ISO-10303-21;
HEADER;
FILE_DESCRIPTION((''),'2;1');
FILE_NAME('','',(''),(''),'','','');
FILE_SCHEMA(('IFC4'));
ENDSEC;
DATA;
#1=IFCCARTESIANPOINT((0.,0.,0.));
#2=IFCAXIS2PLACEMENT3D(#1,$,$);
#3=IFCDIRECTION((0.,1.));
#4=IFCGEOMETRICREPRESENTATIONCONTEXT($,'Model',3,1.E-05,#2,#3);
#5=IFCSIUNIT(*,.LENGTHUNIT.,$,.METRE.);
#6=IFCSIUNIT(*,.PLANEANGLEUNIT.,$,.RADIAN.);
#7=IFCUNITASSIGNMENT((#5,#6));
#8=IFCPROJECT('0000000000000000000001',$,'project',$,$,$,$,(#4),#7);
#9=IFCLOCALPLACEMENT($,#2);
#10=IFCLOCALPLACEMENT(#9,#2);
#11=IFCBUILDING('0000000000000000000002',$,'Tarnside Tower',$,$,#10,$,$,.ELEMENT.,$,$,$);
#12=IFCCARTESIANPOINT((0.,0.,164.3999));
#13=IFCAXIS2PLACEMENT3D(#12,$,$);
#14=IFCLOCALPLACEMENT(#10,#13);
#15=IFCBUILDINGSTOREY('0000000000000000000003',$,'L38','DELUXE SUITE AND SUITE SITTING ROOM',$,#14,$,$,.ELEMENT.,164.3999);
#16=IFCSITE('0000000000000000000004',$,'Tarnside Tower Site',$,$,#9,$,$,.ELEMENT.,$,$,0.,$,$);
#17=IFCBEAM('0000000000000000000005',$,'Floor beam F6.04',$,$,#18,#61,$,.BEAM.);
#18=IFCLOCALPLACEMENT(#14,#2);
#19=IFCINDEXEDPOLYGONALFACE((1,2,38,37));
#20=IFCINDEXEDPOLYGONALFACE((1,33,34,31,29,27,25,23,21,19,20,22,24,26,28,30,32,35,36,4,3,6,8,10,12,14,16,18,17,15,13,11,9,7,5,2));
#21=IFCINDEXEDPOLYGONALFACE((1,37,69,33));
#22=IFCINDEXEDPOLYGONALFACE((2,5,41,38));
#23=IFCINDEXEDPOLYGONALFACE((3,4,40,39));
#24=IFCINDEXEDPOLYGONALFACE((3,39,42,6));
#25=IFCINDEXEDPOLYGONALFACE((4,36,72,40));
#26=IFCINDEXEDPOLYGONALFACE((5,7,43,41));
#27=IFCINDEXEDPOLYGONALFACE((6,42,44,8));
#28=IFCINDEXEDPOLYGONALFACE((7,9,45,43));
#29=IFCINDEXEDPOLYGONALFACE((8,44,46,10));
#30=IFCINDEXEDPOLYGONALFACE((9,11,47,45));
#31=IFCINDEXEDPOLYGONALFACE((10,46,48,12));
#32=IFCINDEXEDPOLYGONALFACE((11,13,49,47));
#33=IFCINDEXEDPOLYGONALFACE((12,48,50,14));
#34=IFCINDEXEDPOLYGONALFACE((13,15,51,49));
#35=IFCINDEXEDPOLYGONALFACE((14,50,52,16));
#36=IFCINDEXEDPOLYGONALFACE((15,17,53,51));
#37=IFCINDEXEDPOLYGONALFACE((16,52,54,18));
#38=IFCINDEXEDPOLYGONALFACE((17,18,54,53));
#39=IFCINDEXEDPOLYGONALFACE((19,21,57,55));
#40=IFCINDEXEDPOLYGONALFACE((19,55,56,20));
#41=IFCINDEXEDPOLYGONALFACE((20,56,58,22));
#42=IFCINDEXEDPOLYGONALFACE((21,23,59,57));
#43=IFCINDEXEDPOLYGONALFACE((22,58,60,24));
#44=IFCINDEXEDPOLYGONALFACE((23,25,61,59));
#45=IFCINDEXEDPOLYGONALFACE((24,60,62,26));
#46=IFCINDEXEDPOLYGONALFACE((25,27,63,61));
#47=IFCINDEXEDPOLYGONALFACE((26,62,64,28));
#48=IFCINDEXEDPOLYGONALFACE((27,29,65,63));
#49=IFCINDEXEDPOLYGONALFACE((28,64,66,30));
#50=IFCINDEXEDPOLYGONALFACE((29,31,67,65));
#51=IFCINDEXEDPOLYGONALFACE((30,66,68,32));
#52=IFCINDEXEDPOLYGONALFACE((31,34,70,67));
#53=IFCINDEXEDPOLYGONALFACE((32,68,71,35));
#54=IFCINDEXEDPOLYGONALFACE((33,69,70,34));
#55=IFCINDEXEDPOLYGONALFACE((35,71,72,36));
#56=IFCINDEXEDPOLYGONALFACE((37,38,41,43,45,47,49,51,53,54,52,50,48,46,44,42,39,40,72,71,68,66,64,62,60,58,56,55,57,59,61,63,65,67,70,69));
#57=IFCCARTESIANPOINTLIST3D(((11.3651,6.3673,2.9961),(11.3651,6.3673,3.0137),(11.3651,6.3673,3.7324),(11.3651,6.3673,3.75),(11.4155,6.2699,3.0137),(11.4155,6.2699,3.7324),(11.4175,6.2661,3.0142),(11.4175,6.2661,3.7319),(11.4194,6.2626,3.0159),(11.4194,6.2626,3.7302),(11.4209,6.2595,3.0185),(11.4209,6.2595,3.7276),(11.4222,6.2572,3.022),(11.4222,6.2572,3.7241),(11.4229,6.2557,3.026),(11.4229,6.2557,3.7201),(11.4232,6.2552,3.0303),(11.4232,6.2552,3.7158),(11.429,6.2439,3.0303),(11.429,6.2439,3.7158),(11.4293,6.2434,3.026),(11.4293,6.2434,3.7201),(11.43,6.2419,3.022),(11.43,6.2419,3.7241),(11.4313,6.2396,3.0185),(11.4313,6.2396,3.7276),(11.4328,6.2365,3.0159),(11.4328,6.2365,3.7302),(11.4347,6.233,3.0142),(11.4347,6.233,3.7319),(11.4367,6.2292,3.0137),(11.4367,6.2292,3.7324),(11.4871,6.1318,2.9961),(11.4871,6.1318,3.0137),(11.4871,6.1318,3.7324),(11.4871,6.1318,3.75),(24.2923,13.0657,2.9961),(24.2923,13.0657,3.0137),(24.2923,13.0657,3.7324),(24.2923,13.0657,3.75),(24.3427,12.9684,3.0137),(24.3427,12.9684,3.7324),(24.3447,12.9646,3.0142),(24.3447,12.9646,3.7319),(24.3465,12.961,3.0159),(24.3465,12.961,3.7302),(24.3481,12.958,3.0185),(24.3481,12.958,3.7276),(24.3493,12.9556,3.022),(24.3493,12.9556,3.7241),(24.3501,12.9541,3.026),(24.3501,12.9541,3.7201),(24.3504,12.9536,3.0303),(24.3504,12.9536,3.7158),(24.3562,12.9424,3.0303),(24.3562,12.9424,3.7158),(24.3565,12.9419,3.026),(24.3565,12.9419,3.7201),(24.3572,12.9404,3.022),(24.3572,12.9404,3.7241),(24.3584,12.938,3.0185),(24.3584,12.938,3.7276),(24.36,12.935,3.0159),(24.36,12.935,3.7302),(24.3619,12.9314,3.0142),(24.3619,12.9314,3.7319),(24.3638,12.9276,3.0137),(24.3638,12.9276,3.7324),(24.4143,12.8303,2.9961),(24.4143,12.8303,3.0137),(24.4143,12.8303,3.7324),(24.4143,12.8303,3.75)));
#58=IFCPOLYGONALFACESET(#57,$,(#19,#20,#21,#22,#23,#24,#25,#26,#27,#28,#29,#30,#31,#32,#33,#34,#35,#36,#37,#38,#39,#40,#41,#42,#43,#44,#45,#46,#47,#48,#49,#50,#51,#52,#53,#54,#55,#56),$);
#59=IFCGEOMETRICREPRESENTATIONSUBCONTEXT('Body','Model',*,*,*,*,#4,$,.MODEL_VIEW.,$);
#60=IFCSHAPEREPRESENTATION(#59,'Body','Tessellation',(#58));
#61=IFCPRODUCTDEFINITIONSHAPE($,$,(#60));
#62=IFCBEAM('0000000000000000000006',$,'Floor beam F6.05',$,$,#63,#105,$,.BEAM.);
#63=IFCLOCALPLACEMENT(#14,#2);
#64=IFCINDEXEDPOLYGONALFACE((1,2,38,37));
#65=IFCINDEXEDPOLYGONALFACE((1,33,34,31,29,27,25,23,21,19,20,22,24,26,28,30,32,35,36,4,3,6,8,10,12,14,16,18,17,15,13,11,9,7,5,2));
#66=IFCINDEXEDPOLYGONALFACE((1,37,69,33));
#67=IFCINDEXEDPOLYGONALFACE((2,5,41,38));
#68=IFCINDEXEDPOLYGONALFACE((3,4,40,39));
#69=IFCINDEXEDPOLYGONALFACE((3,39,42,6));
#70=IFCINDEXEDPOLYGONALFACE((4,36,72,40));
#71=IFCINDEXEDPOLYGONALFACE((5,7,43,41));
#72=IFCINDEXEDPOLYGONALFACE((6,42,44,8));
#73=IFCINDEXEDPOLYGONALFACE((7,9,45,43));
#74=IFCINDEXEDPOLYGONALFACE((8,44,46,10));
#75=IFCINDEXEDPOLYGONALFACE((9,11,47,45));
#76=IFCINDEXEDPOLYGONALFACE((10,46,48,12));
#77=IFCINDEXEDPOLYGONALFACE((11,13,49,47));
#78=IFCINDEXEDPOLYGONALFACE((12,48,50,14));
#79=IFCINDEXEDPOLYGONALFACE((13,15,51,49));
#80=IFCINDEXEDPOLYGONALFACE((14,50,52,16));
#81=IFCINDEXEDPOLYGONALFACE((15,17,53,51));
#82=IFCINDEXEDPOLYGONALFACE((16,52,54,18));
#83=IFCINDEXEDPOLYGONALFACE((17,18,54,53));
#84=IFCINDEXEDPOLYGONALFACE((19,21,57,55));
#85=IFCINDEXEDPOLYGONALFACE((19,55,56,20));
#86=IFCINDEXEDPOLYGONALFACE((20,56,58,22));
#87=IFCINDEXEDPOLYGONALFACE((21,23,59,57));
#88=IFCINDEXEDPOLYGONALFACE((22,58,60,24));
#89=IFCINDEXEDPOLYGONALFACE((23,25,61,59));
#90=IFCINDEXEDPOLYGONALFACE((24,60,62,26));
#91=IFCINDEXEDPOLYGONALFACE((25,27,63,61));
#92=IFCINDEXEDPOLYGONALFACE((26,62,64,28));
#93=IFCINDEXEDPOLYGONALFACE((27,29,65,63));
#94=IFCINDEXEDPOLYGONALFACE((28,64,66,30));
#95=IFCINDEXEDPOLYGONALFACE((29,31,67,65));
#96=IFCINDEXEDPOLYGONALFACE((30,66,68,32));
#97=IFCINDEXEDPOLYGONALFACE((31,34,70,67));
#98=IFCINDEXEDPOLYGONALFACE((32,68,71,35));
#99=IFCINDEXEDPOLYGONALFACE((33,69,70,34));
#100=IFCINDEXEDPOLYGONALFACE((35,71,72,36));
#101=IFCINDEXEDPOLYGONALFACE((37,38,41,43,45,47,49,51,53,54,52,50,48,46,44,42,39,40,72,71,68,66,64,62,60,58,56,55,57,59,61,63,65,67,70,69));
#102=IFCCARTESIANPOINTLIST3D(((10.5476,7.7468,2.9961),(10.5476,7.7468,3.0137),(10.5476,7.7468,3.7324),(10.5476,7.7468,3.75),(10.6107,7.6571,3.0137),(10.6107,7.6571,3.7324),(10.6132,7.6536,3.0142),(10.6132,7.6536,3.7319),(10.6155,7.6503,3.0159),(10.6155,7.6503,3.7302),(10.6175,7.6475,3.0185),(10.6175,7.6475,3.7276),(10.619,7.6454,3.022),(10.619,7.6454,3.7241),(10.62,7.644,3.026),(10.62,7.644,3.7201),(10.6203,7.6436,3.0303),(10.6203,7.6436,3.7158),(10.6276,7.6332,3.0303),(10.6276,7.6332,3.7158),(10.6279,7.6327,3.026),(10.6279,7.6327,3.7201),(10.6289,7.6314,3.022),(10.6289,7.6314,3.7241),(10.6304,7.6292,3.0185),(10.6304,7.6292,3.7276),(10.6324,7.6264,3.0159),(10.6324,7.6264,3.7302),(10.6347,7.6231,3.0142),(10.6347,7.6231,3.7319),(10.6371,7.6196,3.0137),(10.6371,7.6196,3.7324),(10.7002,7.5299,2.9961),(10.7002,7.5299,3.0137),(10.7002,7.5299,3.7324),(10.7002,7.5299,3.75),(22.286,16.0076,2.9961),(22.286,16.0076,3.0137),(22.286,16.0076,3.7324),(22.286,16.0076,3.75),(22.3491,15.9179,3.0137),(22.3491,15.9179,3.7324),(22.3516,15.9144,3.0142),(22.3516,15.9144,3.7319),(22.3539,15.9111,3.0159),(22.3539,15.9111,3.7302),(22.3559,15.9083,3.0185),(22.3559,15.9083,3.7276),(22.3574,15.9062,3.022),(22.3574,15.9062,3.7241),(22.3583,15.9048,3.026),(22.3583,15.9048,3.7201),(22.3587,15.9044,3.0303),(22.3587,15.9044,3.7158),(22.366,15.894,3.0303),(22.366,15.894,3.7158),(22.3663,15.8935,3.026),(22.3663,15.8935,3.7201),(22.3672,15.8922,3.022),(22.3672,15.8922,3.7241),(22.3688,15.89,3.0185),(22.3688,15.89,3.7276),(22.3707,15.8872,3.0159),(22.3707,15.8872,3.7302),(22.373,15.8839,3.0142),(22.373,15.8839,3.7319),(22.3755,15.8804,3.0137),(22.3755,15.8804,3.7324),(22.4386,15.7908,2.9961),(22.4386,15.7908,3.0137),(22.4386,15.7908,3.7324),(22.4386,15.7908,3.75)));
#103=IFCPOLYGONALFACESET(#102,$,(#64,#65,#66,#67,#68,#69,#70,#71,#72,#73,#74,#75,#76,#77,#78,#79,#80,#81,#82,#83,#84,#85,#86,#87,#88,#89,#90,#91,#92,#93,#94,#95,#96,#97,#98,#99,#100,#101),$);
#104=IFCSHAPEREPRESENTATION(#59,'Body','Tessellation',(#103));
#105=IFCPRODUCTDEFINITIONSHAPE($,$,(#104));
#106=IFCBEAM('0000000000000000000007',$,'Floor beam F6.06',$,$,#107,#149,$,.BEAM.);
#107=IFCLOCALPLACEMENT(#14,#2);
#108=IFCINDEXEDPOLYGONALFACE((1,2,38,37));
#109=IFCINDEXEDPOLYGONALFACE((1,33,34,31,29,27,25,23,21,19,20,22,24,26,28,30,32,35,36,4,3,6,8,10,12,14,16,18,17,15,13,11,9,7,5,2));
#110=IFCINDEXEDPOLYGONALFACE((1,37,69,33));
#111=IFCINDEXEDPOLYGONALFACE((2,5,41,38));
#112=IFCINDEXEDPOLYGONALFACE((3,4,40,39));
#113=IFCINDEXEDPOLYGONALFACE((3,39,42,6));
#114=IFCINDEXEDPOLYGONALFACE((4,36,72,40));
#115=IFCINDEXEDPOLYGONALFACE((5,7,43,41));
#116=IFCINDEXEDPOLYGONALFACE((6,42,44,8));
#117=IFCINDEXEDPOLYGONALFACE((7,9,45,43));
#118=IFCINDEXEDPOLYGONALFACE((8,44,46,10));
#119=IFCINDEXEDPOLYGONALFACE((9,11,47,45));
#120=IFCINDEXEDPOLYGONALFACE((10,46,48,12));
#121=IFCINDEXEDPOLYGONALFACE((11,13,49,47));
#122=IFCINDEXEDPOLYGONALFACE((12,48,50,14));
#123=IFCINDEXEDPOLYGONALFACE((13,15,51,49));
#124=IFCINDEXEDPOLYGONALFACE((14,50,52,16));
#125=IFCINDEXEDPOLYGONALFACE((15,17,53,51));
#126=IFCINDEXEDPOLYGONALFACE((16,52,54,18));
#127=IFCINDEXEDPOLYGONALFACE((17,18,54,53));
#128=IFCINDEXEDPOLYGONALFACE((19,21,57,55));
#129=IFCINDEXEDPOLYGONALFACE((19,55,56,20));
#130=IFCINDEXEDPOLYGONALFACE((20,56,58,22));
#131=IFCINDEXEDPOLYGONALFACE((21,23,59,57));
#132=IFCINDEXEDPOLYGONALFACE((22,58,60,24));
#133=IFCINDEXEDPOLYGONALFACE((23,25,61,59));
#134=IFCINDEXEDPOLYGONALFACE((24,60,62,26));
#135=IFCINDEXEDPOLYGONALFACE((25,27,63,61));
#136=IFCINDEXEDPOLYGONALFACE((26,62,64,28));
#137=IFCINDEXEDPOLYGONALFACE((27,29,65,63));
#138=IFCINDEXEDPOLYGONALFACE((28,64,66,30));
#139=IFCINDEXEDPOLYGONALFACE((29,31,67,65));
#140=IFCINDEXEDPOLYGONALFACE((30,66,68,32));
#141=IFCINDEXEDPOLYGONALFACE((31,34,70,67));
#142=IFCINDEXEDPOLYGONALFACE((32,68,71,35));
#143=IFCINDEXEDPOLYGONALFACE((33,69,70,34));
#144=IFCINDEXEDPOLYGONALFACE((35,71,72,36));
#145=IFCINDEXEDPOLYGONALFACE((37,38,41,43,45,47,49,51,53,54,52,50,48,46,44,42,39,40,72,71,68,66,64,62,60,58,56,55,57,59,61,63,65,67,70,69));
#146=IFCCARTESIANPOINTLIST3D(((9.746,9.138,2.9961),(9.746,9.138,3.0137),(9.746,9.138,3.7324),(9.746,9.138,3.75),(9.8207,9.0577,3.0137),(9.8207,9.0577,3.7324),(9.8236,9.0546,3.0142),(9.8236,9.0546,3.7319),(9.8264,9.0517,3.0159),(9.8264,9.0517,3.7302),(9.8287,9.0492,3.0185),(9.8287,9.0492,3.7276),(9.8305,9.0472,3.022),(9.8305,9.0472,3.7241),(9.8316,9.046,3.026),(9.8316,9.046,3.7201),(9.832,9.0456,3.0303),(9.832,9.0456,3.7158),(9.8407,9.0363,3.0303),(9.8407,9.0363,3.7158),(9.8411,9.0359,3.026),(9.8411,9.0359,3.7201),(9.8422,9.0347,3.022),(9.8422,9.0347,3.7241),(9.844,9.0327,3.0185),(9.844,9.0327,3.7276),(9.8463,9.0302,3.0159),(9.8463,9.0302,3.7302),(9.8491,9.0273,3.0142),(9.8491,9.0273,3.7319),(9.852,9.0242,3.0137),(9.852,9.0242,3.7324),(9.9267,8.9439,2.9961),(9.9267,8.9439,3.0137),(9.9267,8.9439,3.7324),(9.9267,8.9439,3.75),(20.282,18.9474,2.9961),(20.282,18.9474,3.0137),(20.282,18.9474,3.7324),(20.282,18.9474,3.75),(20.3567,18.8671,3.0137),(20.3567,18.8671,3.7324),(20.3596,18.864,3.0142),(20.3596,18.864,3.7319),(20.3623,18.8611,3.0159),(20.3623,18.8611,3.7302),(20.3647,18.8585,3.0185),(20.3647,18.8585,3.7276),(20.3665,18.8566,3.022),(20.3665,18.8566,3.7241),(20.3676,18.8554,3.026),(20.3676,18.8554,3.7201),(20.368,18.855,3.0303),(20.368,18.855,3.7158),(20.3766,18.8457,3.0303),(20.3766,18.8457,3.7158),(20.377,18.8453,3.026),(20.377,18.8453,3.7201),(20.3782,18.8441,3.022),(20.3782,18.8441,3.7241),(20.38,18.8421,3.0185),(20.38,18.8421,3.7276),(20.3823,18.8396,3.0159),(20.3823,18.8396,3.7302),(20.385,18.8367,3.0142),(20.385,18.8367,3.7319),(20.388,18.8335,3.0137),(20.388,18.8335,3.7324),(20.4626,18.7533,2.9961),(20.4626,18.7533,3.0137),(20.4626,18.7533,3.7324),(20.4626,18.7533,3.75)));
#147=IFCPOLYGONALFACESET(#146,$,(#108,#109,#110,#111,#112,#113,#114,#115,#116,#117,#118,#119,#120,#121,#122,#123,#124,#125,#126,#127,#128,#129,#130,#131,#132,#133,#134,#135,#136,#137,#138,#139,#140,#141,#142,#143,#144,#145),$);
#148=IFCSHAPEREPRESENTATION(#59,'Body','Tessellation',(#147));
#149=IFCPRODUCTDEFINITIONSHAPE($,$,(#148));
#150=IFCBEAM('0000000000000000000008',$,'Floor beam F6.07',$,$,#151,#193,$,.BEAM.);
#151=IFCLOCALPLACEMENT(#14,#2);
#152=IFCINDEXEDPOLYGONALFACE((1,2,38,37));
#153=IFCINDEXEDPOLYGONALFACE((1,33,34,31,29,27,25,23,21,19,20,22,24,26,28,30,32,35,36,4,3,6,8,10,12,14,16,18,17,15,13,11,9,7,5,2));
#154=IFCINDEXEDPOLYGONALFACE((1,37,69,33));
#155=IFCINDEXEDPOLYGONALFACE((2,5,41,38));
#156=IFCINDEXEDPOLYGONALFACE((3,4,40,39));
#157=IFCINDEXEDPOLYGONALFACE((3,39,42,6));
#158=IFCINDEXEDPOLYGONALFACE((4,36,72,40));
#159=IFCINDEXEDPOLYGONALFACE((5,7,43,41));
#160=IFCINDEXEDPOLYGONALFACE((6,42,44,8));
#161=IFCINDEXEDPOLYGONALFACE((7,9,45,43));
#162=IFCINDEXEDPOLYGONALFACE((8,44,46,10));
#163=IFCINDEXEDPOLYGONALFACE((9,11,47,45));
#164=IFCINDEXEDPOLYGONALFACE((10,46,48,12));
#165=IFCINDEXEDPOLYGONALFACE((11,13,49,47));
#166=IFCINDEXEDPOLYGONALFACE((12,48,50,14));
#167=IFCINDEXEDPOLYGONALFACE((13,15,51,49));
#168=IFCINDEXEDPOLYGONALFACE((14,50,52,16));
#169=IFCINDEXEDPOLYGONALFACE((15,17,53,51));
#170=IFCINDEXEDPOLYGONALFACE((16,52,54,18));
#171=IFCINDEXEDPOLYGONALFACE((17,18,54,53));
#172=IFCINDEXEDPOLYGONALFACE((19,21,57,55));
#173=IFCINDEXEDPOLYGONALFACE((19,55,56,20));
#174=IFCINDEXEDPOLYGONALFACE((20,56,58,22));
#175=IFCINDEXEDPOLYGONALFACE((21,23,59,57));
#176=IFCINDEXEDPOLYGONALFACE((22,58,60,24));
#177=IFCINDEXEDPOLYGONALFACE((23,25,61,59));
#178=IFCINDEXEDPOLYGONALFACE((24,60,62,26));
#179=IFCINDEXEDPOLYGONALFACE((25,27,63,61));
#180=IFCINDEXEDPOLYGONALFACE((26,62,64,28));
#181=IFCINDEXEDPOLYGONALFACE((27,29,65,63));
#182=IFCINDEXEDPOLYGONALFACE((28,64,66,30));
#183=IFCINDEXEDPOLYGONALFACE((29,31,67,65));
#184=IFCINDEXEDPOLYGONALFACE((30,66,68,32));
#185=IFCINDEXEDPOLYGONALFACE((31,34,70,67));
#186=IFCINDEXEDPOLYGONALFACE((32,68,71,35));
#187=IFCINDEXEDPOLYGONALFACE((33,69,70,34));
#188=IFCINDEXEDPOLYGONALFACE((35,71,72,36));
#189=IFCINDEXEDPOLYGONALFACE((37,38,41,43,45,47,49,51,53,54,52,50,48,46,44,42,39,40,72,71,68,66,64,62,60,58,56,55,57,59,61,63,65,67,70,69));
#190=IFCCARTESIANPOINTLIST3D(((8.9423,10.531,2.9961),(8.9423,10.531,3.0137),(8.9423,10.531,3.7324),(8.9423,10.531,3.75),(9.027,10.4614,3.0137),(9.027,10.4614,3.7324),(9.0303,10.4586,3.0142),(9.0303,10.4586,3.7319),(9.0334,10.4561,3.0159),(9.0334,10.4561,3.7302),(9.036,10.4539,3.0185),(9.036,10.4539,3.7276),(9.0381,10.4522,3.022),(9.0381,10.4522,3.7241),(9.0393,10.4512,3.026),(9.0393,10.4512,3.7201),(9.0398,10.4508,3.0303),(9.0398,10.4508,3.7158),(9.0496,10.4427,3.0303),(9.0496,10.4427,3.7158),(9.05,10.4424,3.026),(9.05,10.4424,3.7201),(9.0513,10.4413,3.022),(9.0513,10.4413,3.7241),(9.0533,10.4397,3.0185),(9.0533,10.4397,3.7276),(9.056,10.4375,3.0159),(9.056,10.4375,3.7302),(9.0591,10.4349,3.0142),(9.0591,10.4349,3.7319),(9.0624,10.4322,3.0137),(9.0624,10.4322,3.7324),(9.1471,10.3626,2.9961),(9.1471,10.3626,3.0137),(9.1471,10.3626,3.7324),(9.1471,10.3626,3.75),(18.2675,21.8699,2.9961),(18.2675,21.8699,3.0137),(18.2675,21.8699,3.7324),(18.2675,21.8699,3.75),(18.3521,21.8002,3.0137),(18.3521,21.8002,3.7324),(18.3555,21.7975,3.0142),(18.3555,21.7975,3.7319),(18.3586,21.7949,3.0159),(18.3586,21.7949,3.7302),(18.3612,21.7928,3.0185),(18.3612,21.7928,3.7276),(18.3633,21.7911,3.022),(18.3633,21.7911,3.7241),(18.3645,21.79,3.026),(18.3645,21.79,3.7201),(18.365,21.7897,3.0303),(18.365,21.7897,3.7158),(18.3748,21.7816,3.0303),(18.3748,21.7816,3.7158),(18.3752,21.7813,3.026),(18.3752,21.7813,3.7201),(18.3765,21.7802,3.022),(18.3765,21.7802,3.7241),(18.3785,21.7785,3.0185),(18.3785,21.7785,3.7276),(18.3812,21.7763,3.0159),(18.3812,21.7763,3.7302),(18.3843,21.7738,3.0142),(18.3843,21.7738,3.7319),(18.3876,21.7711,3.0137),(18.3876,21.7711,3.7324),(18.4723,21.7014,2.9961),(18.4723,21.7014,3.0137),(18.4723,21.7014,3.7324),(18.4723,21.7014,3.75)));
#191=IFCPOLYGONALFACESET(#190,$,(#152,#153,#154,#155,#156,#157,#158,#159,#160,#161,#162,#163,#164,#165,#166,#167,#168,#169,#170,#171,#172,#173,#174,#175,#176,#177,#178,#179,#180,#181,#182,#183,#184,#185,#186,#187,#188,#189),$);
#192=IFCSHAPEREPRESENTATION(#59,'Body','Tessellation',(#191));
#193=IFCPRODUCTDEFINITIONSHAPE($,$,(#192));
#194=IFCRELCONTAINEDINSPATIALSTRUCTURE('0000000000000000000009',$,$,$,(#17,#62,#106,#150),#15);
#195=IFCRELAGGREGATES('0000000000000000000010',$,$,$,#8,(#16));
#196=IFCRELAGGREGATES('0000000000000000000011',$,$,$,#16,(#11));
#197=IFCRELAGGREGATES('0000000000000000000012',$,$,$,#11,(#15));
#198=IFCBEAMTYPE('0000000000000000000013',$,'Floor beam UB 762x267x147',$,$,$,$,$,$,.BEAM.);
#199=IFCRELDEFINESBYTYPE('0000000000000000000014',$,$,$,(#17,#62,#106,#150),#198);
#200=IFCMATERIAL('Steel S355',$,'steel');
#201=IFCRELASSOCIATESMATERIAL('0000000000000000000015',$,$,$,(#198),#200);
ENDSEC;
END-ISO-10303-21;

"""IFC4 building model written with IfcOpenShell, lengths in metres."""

from ifc_helpers import new_model, si_unit, direction, frame, origin, origin_2d, place, context, subcontext, project, spatial, i_section, extrude, material, material_profile, profile_set, type_object, element, save


model = new_model("IFC4")

# Units and contexts
model_context = context("Model", 3, precision=1e-05, world=origin(), true_north=direction((0.0, 1.0)))
body_context = subcontext(model_context, "Body", "Model", "MODEL_VIEW")
ifc_project = project(units=[si_unit("LENGTHUNIT", "METRE"), si_unit("PLANEANGLEUNIT", "RADIAN")], contexts=[model_context])

# Site, building, storey
site_placement = place(None, origin())
site = spatial("IfcSite", under=ifc_project, at=site_placement, Name="Tarnside Tower Site", CompositionType="ELEMENT", RefElevation=0.0)
building_placement = place(site_placement, origin())
building = spatial("IfcBuilding", under=site, at=building_placement, Name="Tarnside Tower", CompositionType="ELEMENT")
storey_placement = place(building_placement, frame((0.0, 0.0, 164.3999)))
storey = spatial("IfcBuildingStorey", under=building, at=storey_placement, Name="L38", Description="DELUXE SUITE AND SUITE SITTING ROOM", CompositionType="ELEMENT", Elevation=164.3999)

# Beams
ifc_material_1 = material(Name="Steel S355", Category="steel")
ifc_material_profile = material_profile(ifc_material_1, i_section(OverallWidth=0.2651, OverallDepth=0.7539, WebThickness=0.0127, FlangeThickness=0.0176, FilletRadius=0.0166, at=origin_2d()), Name="UB 762x267x147")
ifc_profile_set = profile_set([ifc_material_profile], Name="Steel S355")
beam_type = type_object("IfcBeamType", Name="Floor beam UB 762x267x147", PredefinedType="BEAM", material=ifc_profile_set)
beam_1_placement = place(storey_placement, frame((24.3533, 12.948, 3.373), z_axis=(-0.887882, -0.460072, 0.0), x_axis=(0.460072, -0.887882, 0.0)))
element("IfcBeam", 1, at=beam_1_placement, inside=storey, type_object=beam_type, Name="Floor beam F6.04", PredefinedType="BEAM", context=body_context, shape_type="SweptSolid", body=[
    extrude(i_section(OverallWidth=0.2651, OverallDepth=0.7539, WebThickness=0.0127, FlangeThickness=0.0176, FilletRadius=0.0166, at=origin_2d()), origin(), (0.0, 0.0, 1.0), 14.5596),
])
beam_2_placement = place(storey_placement, frame((22.3623, 15.8992, 3.373), z_axis=(-0.817791, -0.575515, 0.0), x_axis=(0.575515, -0.817791, 0.0)))
element("IfcBeam", 2, at=beam_2_placement, inside=storey, type_object=beam_type, Name="Floor beam F6.05", PredefinedType="BEAM", context=body_context, shape_type="SweptSolid", body=[
    extrude(i_section(OverallWidth=0.2651, OverallDepth=0.7539, WebThickness=0.0127, FlangeThickness=0.0176, FilletRadius=0.0166, at=origin_2d()), origin(), (0.0, 0.0, 1.0), 14.3538),
])
beam_3_placement = place(storey_placement, frame((20.3723, 18.8503, 3.373), z_axis=(-0.731892, -0.68142, 0.0), x_axis=(0.68142, -0.731892, 0.0)))
element("IfcBeam", 3, at=beam_3_placement, inside=storey, type_object=beam_type, Name="Floor beam F6.06", PredefinedType="BEAM", context=body_context, shape_type="SweptSolid", body=[
    extrude(i_section(OverallWidth=0.2651, OverallDepth=0.7539, WebThickness=0.0127, FlangeThickness=0.0176, FilletRadius=0.0166, at=origin_2d()), origin(), (0.0, 0.0, 1.0), 14.3955),
])
beam_4_placement = place(storey_placement, frame((18.3699, 21.7856, 3.373), z_axis=(-0.635192, -0.772354, 0.0), x_axis=(0.772354, -0.635192, 0.0)))
element("IfcBeam", 4, at=beam_4_placement, inside=storey, type_object=beam_type, Name="Floor beam F6.07", PredefinedType="BEAM", context=body_context, shape_type="SweptSolid", body=[
    extrude(i_section(OverallWidth=0.2651, OverallDepth=0.7539, WebThickness=0.0127, FlangeThickness=0.0176, FilletRadius=0.0166, at=origin_2d()), origin(), (0.0, 0.0, 1.0), 14.6809),
])

save(model, "model.ifc")
